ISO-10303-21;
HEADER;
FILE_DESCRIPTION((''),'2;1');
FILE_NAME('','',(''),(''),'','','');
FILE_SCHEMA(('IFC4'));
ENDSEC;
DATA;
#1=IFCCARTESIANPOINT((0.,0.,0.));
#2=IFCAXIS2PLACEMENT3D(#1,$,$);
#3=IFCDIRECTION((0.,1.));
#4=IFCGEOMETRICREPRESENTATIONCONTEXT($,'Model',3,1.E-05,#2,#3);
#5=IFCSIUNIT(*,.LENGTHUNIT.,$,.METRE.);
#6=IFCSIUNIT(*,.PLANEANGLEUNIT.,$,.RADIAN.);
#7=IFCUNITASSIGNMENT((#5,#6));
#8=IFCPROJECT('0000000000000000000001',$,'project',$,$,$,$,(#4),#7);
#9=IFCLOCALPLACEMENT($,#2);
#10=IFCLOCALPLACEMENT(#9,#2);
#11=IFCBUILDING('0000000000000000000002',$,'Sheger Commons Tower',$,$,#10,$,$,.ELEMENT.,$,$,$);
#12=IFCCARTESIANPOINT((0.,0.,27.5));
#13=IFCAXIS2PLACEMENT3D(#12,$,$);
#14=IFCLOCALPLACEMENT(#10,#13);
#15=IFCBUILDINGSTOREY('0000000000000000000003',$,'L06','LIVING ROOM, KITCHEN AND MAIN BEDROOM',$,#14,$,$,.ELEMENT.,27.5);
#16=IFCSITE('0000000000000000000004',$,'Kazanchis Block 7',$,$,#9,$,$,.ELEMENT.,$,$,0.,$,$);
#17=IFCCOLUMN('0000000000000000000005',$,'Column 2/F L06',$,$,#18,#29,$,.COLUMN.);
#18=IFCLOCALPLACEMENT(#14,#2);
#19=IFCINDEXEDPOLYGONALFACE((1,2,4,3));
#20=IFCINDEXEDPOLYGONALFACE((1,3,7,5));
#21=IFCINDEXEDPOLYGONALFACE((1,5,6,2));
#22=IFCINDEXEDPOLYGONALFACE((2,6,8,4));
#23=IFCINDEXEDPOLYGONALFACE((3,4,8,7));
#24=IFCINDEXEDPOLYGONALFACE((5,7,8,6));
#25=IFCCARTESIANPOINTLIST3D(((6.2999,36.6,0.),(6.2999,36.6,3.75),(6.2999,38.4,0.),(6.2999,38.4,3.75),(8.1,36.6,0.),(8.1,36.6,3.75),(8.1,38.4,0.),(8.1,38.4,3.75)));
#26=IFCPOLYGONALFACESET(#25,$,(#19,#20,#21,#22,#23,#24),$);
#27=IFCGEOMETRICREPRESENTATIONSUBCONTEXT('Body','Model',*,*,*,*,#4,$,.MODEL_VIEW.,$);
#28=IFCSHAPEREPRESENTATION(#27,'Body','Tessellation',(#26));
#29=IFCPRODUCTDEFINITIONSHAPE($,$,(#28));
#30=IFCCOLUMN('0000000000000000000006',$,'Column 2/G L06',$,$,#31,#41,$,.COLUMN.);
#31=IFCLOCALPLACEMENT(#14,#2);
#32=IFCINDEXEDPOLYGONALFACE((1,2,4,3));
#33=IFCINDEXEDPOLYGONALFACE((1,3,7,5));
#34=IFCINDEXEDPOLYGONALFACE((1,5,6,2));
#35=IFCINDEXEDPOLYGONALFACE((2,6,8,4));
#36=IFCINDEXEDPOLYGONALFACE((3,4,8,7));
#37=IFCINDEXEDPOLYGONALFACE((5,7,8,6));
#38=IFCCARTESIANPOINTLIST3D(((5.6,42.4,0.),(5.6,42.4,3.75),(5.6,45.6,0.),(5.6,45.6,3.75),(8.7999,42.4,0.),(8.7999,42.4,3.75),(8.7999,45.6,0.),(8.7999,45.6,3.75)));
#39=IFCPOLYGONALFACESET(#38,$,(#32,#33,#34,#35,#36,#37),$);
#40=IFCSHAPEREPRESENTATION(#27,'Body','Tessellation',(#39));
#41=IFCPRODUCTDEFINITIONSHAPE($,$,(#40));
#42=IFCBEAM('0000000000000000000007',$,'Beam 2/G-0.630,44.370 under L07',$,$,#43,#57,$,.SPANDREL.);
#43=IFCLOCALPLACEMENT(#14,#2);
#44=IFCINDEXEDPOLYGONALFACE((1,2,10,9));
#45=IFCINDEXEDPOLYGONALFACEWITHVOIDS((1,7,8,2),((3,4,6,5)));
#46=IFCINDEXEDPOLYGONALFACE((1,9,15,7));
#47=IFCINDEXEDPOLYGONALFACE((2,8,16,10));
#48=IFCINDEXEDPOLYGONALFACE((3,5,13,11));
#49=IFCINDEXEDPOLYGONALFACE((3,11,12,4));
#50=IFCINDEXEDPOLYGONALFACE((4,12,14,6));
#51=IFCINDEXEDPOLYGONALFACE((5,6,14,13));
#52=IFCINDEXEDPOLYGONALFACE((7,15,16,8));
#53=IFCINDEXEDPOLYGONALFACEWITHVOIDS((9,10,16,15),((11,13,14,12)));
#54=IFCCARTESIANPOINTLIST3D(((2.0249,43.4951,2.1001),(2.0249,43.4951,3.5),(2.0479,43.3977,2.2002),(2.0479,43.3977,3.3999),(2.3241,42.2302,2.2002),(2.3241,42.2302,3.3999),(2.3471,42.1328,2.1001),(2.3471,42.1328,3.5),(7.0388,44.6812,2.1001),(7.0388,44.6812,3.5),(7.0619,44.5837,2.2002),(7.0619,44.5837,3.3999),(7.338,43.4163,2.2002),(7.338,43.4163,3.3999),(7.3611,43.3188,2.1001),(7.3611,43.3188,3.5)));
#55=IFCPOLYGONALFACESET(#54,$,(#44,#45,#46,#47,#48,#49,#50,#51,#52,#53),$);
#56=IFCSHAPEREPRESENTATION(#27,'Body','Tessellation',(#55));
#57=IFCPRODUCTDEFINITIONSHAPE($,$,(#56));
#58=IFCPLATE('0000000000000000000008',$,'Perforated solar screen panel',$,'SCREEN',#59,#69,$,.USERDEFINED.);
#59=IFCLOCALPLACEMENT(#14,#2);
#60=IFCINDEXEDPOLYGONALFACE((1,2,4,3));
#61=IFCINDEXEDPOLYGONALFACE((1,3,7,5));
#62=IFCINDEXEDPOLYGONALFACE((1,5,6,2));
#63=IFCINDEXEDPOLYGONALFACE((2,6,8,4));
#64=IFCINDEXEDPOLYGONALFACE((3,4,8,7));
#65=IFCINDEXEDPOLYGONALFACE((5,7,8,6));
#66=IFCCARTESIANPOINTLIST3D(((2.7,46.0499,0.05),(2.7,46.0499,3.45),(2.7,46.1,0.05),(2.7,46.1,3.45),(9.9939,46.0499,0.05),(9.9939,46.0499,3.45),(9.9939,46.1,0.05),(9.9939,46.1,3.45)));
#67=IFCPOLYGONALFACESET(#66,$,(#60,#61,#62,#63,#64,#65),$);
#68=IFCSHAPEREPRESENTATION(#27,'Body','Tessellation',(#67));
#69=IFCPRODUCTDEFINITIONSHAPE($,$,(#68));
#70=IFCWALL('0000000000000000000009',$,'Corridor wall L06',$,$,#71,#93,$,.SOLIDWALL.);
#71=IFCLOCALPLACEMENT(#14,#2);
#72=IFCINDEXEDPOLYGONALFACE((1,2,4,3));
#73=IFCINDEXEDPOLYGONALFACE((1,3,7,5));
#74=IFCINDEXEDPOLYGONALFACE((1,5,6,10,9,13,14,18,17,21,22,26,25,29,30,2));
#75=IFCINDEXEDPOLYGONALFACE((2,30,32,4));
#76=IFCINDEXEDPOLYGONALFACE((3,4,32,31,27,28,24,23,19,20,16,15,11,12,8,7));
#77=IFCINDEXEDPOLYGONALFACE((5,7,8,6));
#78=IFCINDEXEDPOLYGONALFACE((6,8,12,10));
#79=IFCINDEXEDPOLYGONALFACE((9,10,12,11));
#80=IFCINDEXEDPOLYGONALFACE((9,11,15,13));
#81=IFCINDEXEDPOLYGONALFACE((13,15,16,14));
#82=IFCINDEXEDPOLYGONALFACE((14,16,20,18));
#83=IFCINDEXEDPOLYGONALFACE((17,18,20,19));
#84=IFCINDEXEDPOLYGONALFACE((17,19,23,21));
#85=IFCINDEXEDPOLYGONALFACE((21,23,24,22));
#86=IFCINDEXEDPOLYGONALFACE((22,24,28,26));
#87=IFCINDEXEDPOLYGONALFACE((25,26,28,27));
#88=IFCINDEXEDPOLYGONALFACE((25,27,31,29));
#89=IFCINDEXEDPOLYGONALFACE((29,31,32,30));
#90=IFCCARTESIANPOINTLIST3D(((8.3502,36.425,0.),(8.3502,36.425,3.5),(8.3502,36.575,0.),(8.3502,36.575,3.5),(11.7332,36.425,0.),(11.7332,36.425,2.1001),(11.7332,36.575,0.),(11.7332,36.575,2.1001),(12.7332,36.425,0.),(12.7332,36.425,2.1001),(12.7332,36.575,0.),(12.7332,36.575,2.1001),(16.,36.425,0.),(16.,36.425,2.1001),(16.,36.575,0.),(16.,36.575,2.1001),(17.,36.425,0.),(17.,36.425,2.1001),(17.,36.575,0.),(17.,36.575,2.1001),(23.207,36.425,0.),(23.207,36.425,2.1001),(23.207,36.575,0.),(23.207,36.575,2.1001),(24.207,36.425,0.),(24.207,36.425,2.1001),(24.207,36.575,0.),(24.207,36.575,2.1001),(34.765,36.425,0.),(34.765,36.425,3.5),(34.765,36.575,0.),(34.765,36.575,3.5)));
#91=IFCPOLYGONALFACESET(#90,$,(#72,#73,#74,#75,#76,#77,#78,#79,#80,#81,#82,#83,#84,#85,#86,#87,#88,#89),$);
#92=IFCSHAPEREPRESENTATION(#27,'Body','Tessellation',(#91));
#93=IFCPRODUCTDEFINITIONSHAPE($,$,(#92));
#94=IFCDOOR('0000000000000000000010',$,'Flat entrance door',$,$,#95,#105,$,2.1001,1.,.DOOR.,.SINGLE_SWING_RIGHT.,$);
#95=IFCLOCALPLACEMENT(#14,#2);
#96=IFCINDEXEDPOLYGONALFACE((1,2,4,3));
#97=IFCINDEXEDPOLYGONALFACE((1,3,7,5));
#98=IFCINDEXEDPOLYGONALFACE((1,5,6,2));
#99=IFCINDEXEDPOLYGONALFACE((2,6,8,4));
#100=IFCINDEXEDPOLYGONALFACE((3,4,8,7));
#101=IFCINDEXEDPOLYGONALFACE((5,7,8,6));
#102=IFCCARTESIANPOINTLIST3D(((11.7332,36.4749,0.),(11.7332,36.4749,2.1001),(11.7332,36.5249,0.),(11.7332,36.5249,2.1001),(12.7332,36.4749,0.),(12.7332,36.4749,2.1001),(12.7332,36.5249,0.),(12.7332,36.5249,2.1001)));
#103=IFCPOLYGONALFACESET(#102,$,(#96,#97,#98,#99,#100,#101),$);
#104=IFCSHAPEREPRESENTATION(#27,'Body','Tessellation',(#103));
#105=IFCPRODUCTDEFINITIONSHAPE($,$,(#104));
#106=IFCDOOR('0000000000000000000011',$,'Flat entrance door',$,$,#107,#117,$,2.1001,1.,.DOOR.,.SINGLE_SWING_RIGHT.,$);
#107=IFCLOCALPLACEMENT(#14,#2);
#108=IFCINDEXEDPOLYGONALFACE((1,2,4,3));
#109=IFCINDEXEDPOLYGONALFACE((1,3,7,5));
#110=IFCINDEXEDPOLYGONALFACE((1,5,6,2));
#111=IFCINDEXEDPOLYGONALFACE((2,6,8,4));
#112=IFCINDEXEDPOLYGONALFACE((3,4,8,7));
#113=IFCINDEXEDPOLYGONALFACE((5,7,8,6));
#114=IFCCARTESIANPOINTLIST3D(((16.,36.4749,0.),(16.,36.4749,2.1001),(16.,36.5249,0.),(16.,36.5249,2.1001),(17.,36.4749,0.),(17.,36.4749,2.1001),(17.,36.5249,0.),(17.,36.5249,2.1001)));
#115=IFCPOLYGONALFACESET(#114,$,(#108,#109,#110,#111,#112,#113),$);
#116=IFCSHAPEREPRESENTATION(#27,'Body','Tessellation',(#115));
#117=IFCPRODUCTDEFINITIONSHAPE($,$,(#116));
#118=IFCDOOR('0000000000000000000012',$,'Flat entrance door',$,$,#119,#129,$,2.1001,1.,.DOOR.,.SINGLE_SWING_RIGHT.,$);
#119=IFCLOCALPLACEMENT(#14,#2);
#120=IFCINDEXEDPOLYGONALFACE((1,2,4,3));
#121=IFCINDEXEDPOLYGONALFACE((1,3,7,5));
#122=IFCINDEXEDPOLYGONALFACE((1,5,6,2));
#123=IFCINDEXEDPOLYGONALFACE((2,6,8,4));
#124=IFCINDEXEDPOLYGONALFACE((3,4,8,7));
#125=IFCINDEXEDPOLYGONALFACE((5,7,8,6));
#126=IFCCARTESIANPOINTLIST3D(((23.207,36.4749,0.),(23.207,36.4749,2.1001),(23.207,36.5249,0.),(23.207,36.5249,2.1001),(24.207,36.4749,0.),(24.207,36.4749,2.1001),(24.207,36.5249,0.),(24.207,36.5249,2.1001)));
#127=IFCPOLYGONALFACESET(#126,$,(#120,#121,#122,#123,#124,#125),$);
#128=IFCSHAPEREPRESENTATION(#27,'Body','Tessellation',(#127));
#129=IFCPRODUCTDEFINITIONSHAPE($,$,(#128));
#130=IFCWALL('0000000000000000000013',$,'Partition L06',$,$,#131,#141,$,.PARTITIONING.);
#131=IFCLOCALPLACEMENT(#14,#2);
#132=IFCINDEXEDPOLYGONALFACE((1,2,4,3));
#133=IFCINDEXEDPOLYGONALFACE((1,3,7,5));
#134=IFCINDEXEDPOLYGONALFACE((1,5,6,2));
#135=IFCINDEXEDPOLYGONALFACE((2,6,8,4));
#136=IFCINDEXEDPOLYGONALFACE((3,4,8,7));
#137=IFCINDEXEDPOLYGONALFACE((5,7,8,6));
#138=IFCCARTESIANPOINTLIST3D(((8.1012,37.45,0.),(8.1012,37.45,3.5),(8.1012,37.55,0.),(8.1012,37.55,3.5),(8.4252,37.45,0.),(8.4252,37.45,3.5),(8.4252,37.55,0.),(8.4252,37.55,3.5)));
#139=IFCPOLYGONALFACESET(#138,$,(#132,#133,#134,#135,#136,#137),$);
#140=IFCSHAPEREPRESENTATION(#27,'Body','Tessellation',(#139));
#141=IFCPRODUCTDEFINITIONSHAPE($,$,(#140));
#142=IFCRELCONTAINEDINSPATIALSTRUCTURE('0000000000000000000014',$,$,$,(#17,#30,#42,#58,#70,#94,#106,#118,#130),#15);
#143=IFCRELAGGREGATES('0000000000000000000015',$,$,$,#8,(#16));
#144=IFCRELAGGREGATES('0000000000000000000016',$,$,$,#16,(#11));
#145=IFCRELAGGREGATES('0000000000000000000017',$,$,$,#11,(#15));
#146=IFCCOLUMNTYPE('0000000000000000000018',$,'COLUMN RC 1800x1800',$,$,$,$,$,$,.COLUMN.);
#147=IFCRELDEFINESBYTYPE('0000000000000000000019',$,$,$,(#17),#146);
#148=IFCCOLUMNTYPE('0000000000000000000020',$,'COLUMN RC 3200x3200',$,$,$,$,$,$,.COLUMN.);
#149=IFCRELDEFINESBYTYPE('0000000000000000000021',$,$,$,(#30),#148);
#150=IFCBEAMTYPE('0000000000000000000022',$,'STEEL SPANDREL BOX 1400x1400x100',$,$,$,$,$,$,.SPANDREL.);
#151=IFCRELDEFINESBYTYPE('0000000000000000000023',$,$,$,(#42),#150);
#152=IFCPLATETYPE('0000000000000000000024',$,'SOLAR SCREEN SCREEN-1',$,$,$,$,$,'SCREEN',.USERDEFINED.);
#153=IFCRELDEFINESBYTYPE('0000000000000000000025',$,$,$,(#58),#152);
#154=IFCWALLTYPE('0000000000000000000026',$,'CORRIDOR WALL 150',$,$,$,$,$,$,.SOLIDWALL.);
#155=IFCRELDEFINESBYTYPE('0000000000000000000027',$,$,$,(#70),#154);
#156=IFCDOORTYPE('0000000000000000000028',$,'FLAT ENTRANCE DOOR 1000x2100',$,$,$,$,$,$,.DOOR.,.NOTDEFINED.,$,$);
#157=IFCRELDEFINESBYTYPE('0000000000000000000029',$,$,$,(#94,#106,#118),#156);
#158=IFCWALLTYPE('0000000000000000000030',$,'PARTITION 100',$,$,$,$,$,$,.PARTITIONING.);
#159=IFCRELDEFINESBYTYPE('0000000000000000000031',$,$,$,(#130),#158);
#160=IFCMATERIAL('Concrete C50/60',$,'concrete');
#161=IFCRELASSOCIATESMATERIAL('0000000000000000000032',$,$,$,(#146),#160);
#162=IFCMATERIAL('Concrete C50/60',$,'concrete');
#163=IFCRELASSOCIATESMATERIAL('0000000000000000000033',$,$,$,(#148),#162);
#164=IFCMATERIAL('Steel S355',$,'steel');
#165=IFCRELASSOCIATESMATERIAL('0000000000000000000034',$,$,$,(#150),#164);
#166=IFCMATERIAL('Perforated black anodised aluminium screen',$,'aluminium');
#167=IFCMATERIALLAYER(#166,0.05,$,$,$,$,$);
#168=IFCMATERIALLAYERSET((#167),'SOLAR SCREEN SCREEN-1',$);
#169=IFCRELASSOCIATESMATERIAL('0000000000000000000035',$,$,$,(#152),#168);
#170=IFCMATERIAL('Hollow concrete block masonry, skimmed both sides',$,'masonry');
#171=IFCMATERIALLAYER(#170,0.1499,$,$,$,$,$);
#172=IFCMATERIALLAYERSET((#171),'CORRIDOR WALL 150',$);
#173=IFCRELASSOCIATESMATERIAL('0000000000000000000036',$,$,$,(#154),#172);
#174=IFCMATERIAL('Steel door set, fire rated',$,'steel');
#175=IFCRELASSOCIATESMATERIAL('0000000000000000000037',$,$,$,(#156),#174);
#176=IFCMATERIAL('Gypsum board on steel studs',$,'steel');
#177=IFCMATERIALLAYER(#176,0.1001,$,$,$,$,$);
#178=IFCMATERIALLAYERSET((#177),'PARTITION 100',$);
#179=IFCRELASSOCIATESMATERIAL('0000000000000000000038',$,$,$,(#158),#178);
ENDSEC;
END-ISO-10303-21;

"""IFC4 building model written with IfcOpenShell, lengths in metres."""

from ifc_helpers import new_model, si_unit, direction, frame, frame_2d, origin, origin_2d, place, context, subcontext, project, spatial, rectangle, hollow_rectangle, extrude, material, layer, layer_set, material_profile, profile_set, type_object, element, fill, save


model = new_model("IFC4")

# Units and contexts
model_context = context("Model", 3, precision=1e-05, world=origin(), true_north=direction((0.0, 1.0)))
body_context = subcontext(model_context, "Body", "Model", "MODEL_VIEW")
ifc_project = project(units=[si_unit("LENGTHUNIT", "METRE"), si_unit("PLANEANGLEUNIT", "RADIAN")], contexts=[model_context])

# Site, building, storey
site_placement = place(None, origin())
site = spatial("IfcSite", under=ifc_project, at=site_placement, Name="Kazanchis Block 7", CompositionType="ELEMENT", RefElevation=0.0)
building_placement = place(site_placement, origin())
building = spatial("IfcBuilding", under=site, at=building_placement, Name="Sheger Commons Tower", CompositionType="ELEMENT")
storey_placement = place(building_placement, frame((0.0, 0.0, 27.5)))
storey = spatial("IfcBuildingStorey", under=building, at=storey_placement, Name="L06", Description="LIVING ROOM, KITCHEN AND MAIN BEDROOM", CompositionType="ELEMENT", Elevation=27.5)

# Columns
ifc_material_1 = material(Name="Concrete C50/60", Category="concrete")
ifc_material_profile_1 = material_profile(ifc_material_1, rectangle(XDim=1.8, YDim=1.8, at=origin_2d()), Name="RC 1800x1800")
ifc_profile_set_1 = profile_set([ifc_material_profile_1], Name="Concrete C50/60")
column_type_1 = type_object("IfcColumnType", Name="COLUMN RC 1800x1800", PredefinedType="COLUMN", material=ifc_profile_set_1)
column_1_placement = place(storey_placement, frame((7.2, 37.5, 0.0), z_axis=(0.0, 0.0, 1.0), x_axis=(1.0, 0.0, 0.0)))
element("IfcColumn", 1, at=column_1_placement, inside=storey, type_object=column_type_1, Name="Column 2/F L06", PredefinedType="COLUMN", context=body_context, shape_type="SweptSolid", body=[
    extrude(rectangle(XDim=1.8, YDim=1.8, at=origin_2d()), origin(), (0.0, 0.0, 1.0), 3.75),
])
ifc_material_2 = material(Name="Concrete C50/60", Category="concrete")
ifc_material_profile_2 = material_profile(ifc_material_2, rectangle(XDim=3.2, YDim=3.2, at=origin_2d()), Name="RC 3200x3200")
ifc_profile_set_2 = profile_set([ifc_material_profile_2], Name="Concrete C50/60")
column_type_2 = type_object("IfcColumnType", Name="COLUMN RC 3200x3200", PredefinedType="COLUMN", material=ifc_profile_set_2)
column_2_placement = place(storey_placement, frame((7.2, 44.0, 0.0), z_axis=(0.0, 0.0, 1.0), x_axis=(1.0, 0.0, 0.0)))
element("IfcColumn", 2, at=column_2_placement, inside=storey, type_object=column_type_2, Name="Column 2/G L06", PredefinedType="COLUMN", context=body_context, shape_type="SweptSolid", body=[
    extrude(rectangle(XDim=3.2, YDim=3.2, at=origin_2d()), origin(), (0.0, 0.0, 1.0), 3.75),
])

# Beam
ifc_material_3 = material(Name="Steel S355", Category="steel")
ifc_material_profile_3 = material_profile(ifc_material_3, hollow_rectangle(XDim=1.3999, YDim=1.3999, WallThickness=0.1001, at=origin_2d()), Name="BOX 1400x1400x100")
ifc_profile_set_3 = profile_set([ifc_material_profile_3], Name="Steel S355")
beam_type = type_object("IfcBeamType", Name="STEEL SPANDREL BOX 1400x1400x100", PredefinedType="SPANDREL", material=ifc_profile_set_3)
beam_placement = place(storey_placement, frame((7.2, 44.0, 2.8), z_axis=(-0.973144, -0.230196, 0.0), x_axis=(0.230196, -0.973144, 0.0)))
element("IfcBeam", 3, at=beam_placement, inside=storey, type_object=beam_type, Name="Beam 2/G-0.630,44.370 under L07", PredefinedType="SPANDREL", context=body_context, shape_type="SweptSolid", body=[
    extrude(hollow_rectangle(XDim=1.3999, YDim=1.3999, WallThickness=0.1001, at=origin_2d()), origin(), (0.0, 0.0, 1.0), 5.1523),
])

# Plate
ifc_material_4 = material(Name="Perforated black anodised aluminium screen", Category="aluminium")
ifc_layer_1 = layer(ifc_material_4, 0.05)
ifc_layer_set_1 = layer_set([ifc_layer_1], Name="SOLAR SCREEN SCREEN-1")
plate_type = type_object("IfcPlateType", Name="SOLAR SCREEN SCREEN-1", ElementType="SCREEN", PredefinedType="USERDEFINED", material=ifc_layer_set_1)
plate_placement = place(storey_placement, frame((6.3469, 46.075, 0.05), z_axis=(0.0, 0.0, 1.0), x_axis=(-1.0, 0.0, 0.0)))
element("IfcPlate", 4, at=plate_placement, inside=storey, type_object=plate_type, Name="Perforated solar screen panel", ObjectType="SCREEN", PredefinedType="USERDEFINED", context=body_context, shape_type="SweptSolid", body=[
    extrude(rectangle(XDim=7.2939, YDim=0.05, at=origin_2d()), origin(), (0.0, 0.0, 1.0), 3.3999),
])

# Wall, openings, doors
ifc_material_5 = material(Name="Hollow concrete block masonry, skimmed both sides", Category="masonry")
ifc_layer_2 = layer(ifc_material_5, 0.1499)
ifc_layer_set_2 = layer_set([ifc_layer_2], Name="CORRIDOR WALL 150")
wall_type_1 = type_object("IfcWallType", Name="CORRIDOR WALL 150", PredefinedType="SOLIDWALL", material=ifc_layer_set_2)
wall_1_placement = place(storey_placement, frame((8.3501, 36.5, 0.0), z_axis=(0.0, 0.0, 1.0), x_axis=(1.0, 0.0, 0.0)))
wall_1 = element("IfcWall", 5, at=wall_1_placement, inside=storey, type_object=wall_type_1, Name="Corridor wall L06", PredefinedType="SOLIDWALL", context=body_context, shape_type="SweptSolid", body=[
    extrude(rectangle(XDim=26.4148, YDim=0.1499, at=frame_2d((13.2075, 0.0))), origin(), (0.0, 0.0, 1.0), 3.5),
])
opening_1_placement = place(wall_1_placement, frame((3.3831, 0.0, 0.0)))
opening_1 = element("IfcOpeningElement", 6, at=opening_1_placement, cuts=wall_1, PredefinedType="OPENING", context=body_context, shape_type="SweptSolid", body=[
    extrude(rectangle(XDim=1.0, YDim=2.1001, at=frame_2d((0.5, 1.05))), frame((0.0, 0.085, 0.0), z_axis=(0.0, -1.0, 0.0), x_axis=(1.0, 0.0, 0.0)), (0.0, 0.0, 1.0), 0.1699),
])
opening_2_placement = place(wall_1_placement, frame((7.6499, 0.0, 0.0)))
opening_2 = element("IfcOpeningElement", 7, at=opening_2_placement, cuts=wall_1, PredefinedType="OPENING", context=body_context, shape_type="SweptSolid", body=[
    extrude(rectangle(XDim=1.0, YDim=2.1001, at=frame_2d((0.5, 1.05))), frame((0.0, 0.085, 0.0), z_axis=(0.0, -1.0, 0.0), x_axis=(1.0, 0.0, 0.0)), (0.0, 0.0, 1.0), 0.1699),
])
opening_3_placement = place(wall_1_placement, frame((14.8569, 0.0, 0.0)))
opening_3 = element("IfcOpeningElement", 8, at=opening_3_placement, cuts=wall_1, PredefinedType="OPENING", context=body_context, shape_type="SweptSolid", body=[
    extrude(rectangle(XDim=1.0, YDim=2.1001, at=frame_2d((0.5, 1.05))), frame((0.0, 0.085, 0.0), z_axis=(0.0, -1.0, 0.0), x_axis=(1.0, 0.0, 0.0)), (0.0, 0.0, 1.0), 0.1699),
])
ifc_material_6 = material(Name="Steel door set, fire rated", Category="steel")
door_type_1 = type_object("IfcDoorType", Name="FLAT ENTRANCE DOOR 1000x2100", OperationType="NOTDEFINED", PredefinedType="DOOR", material=ifc_material_6)
door_1_placement = place(opening_1_placement, origin())
door_1 = element("IfcDoor", 9, at=door_1_placement, inside=storey, type_object=door_type_1, Name="Flat entrance door", OperationType="SINGLE_SWING_RIGHT", OverallHeight=2.1001, OverallWidth=1.0, PredefinedType="DOOR", context=body_context, shape_type="SweptSolid", body=[
    extrude(rectangle(XDim=1.0, YDim=2.1001, at=frame_2d((0.5, 1.05))), frame((0.0, 0.0249, 0.0), z_axis=(0.0, -1.0, 0.0), x_axis=(1.0, 0.0, 0.0)), (0.0, 0.0, 1.0), 0.05),
])
fill(opening_1, door_1)
door_2_placement = place(opening_2_placement, origin())
door_2 = element("IfcDoor", 10, at=door_2_placement, inside=storey, type_object=door_type_1, Name="Flat entrance door", OperationType="SINGLE_SWING_RIGHT", OverallHeight=2.1001, OverallWidth=1.0, PredefinedType="DOOR", context=body_context, shape_type="SweptSolid", body=[
    extrude(rectangle(XDim=1.0, YDim=2.1001, at=frame_2d((0.5, 1.05))), frame((0.0, 0.0249, 0.0), z_axis=(0.0, -1.0, 0.0), x_axis=(1.0, 0.0, 0.0)), (0.0, 0.0, 1.0), 0.05),
])
fill(opening_2, door_2)
door_3_placement = place(opening_3_placement, origin())
door_3 = element("IfcDoor", 11, at=door_3_placement, inside=storey, type_object=door_type_1, Name="Flat entrance door", OperationType="SINGLE_SWING_RIGHT", OverallHeight=2.1001, OverallWidth=1.0, PredefinedType="DOOR", context=body_context, shape_type="SweptSolid", body=[
    extrude(rectangle(XDim=1.0, YDim=2.1001, at=frame_2d((0.5, 1.05))), frame((0.0, 0.0249, 0.0), z_axis=(0.0, -1.0, 0.0), x_axis=(1.0, 0.0, 0.0)), (0.0, 0.0, 1.0), 0.05),
])
fill(opening_3, door_3)

# Wall
ifc_material_7 = material(Name="Gypsum board on steel studs", Category="steel")
ifc_layer_3 = layer(ifc_material_7, 0.1001)
ifc_layer_set_3 = layer_set([ifc_layer_3], Name="PARTITION 100")
wall_type_2 = type_object("IfcWallType", Name="PARTITION 100", PredefinedType="PARTITIONING", material=ifc_layer_set_3)
wall_2_placement = place(storey_placement, frame((8.1011, 37.5, 0.0), z_axis=(0.0, 0.0, 1.0), x_axis=(1.0, 0.0, 0.0)))
element("IfcWall", 12, at=wall_2_placement, inside=storey, type_object=wall_type_2, Name="Partition L06", PredefinedType="PARTITIONING", context=body_context, shape_type="SweptSolid", body=[
    extrude(rectangle(XDim=0.324, YDim=0.1001, at=frame_2d((0.1621, 0.0))), origin(), (0.0, 0.0, 1.0), 3.5),
])

save(model, "model.ifc")
